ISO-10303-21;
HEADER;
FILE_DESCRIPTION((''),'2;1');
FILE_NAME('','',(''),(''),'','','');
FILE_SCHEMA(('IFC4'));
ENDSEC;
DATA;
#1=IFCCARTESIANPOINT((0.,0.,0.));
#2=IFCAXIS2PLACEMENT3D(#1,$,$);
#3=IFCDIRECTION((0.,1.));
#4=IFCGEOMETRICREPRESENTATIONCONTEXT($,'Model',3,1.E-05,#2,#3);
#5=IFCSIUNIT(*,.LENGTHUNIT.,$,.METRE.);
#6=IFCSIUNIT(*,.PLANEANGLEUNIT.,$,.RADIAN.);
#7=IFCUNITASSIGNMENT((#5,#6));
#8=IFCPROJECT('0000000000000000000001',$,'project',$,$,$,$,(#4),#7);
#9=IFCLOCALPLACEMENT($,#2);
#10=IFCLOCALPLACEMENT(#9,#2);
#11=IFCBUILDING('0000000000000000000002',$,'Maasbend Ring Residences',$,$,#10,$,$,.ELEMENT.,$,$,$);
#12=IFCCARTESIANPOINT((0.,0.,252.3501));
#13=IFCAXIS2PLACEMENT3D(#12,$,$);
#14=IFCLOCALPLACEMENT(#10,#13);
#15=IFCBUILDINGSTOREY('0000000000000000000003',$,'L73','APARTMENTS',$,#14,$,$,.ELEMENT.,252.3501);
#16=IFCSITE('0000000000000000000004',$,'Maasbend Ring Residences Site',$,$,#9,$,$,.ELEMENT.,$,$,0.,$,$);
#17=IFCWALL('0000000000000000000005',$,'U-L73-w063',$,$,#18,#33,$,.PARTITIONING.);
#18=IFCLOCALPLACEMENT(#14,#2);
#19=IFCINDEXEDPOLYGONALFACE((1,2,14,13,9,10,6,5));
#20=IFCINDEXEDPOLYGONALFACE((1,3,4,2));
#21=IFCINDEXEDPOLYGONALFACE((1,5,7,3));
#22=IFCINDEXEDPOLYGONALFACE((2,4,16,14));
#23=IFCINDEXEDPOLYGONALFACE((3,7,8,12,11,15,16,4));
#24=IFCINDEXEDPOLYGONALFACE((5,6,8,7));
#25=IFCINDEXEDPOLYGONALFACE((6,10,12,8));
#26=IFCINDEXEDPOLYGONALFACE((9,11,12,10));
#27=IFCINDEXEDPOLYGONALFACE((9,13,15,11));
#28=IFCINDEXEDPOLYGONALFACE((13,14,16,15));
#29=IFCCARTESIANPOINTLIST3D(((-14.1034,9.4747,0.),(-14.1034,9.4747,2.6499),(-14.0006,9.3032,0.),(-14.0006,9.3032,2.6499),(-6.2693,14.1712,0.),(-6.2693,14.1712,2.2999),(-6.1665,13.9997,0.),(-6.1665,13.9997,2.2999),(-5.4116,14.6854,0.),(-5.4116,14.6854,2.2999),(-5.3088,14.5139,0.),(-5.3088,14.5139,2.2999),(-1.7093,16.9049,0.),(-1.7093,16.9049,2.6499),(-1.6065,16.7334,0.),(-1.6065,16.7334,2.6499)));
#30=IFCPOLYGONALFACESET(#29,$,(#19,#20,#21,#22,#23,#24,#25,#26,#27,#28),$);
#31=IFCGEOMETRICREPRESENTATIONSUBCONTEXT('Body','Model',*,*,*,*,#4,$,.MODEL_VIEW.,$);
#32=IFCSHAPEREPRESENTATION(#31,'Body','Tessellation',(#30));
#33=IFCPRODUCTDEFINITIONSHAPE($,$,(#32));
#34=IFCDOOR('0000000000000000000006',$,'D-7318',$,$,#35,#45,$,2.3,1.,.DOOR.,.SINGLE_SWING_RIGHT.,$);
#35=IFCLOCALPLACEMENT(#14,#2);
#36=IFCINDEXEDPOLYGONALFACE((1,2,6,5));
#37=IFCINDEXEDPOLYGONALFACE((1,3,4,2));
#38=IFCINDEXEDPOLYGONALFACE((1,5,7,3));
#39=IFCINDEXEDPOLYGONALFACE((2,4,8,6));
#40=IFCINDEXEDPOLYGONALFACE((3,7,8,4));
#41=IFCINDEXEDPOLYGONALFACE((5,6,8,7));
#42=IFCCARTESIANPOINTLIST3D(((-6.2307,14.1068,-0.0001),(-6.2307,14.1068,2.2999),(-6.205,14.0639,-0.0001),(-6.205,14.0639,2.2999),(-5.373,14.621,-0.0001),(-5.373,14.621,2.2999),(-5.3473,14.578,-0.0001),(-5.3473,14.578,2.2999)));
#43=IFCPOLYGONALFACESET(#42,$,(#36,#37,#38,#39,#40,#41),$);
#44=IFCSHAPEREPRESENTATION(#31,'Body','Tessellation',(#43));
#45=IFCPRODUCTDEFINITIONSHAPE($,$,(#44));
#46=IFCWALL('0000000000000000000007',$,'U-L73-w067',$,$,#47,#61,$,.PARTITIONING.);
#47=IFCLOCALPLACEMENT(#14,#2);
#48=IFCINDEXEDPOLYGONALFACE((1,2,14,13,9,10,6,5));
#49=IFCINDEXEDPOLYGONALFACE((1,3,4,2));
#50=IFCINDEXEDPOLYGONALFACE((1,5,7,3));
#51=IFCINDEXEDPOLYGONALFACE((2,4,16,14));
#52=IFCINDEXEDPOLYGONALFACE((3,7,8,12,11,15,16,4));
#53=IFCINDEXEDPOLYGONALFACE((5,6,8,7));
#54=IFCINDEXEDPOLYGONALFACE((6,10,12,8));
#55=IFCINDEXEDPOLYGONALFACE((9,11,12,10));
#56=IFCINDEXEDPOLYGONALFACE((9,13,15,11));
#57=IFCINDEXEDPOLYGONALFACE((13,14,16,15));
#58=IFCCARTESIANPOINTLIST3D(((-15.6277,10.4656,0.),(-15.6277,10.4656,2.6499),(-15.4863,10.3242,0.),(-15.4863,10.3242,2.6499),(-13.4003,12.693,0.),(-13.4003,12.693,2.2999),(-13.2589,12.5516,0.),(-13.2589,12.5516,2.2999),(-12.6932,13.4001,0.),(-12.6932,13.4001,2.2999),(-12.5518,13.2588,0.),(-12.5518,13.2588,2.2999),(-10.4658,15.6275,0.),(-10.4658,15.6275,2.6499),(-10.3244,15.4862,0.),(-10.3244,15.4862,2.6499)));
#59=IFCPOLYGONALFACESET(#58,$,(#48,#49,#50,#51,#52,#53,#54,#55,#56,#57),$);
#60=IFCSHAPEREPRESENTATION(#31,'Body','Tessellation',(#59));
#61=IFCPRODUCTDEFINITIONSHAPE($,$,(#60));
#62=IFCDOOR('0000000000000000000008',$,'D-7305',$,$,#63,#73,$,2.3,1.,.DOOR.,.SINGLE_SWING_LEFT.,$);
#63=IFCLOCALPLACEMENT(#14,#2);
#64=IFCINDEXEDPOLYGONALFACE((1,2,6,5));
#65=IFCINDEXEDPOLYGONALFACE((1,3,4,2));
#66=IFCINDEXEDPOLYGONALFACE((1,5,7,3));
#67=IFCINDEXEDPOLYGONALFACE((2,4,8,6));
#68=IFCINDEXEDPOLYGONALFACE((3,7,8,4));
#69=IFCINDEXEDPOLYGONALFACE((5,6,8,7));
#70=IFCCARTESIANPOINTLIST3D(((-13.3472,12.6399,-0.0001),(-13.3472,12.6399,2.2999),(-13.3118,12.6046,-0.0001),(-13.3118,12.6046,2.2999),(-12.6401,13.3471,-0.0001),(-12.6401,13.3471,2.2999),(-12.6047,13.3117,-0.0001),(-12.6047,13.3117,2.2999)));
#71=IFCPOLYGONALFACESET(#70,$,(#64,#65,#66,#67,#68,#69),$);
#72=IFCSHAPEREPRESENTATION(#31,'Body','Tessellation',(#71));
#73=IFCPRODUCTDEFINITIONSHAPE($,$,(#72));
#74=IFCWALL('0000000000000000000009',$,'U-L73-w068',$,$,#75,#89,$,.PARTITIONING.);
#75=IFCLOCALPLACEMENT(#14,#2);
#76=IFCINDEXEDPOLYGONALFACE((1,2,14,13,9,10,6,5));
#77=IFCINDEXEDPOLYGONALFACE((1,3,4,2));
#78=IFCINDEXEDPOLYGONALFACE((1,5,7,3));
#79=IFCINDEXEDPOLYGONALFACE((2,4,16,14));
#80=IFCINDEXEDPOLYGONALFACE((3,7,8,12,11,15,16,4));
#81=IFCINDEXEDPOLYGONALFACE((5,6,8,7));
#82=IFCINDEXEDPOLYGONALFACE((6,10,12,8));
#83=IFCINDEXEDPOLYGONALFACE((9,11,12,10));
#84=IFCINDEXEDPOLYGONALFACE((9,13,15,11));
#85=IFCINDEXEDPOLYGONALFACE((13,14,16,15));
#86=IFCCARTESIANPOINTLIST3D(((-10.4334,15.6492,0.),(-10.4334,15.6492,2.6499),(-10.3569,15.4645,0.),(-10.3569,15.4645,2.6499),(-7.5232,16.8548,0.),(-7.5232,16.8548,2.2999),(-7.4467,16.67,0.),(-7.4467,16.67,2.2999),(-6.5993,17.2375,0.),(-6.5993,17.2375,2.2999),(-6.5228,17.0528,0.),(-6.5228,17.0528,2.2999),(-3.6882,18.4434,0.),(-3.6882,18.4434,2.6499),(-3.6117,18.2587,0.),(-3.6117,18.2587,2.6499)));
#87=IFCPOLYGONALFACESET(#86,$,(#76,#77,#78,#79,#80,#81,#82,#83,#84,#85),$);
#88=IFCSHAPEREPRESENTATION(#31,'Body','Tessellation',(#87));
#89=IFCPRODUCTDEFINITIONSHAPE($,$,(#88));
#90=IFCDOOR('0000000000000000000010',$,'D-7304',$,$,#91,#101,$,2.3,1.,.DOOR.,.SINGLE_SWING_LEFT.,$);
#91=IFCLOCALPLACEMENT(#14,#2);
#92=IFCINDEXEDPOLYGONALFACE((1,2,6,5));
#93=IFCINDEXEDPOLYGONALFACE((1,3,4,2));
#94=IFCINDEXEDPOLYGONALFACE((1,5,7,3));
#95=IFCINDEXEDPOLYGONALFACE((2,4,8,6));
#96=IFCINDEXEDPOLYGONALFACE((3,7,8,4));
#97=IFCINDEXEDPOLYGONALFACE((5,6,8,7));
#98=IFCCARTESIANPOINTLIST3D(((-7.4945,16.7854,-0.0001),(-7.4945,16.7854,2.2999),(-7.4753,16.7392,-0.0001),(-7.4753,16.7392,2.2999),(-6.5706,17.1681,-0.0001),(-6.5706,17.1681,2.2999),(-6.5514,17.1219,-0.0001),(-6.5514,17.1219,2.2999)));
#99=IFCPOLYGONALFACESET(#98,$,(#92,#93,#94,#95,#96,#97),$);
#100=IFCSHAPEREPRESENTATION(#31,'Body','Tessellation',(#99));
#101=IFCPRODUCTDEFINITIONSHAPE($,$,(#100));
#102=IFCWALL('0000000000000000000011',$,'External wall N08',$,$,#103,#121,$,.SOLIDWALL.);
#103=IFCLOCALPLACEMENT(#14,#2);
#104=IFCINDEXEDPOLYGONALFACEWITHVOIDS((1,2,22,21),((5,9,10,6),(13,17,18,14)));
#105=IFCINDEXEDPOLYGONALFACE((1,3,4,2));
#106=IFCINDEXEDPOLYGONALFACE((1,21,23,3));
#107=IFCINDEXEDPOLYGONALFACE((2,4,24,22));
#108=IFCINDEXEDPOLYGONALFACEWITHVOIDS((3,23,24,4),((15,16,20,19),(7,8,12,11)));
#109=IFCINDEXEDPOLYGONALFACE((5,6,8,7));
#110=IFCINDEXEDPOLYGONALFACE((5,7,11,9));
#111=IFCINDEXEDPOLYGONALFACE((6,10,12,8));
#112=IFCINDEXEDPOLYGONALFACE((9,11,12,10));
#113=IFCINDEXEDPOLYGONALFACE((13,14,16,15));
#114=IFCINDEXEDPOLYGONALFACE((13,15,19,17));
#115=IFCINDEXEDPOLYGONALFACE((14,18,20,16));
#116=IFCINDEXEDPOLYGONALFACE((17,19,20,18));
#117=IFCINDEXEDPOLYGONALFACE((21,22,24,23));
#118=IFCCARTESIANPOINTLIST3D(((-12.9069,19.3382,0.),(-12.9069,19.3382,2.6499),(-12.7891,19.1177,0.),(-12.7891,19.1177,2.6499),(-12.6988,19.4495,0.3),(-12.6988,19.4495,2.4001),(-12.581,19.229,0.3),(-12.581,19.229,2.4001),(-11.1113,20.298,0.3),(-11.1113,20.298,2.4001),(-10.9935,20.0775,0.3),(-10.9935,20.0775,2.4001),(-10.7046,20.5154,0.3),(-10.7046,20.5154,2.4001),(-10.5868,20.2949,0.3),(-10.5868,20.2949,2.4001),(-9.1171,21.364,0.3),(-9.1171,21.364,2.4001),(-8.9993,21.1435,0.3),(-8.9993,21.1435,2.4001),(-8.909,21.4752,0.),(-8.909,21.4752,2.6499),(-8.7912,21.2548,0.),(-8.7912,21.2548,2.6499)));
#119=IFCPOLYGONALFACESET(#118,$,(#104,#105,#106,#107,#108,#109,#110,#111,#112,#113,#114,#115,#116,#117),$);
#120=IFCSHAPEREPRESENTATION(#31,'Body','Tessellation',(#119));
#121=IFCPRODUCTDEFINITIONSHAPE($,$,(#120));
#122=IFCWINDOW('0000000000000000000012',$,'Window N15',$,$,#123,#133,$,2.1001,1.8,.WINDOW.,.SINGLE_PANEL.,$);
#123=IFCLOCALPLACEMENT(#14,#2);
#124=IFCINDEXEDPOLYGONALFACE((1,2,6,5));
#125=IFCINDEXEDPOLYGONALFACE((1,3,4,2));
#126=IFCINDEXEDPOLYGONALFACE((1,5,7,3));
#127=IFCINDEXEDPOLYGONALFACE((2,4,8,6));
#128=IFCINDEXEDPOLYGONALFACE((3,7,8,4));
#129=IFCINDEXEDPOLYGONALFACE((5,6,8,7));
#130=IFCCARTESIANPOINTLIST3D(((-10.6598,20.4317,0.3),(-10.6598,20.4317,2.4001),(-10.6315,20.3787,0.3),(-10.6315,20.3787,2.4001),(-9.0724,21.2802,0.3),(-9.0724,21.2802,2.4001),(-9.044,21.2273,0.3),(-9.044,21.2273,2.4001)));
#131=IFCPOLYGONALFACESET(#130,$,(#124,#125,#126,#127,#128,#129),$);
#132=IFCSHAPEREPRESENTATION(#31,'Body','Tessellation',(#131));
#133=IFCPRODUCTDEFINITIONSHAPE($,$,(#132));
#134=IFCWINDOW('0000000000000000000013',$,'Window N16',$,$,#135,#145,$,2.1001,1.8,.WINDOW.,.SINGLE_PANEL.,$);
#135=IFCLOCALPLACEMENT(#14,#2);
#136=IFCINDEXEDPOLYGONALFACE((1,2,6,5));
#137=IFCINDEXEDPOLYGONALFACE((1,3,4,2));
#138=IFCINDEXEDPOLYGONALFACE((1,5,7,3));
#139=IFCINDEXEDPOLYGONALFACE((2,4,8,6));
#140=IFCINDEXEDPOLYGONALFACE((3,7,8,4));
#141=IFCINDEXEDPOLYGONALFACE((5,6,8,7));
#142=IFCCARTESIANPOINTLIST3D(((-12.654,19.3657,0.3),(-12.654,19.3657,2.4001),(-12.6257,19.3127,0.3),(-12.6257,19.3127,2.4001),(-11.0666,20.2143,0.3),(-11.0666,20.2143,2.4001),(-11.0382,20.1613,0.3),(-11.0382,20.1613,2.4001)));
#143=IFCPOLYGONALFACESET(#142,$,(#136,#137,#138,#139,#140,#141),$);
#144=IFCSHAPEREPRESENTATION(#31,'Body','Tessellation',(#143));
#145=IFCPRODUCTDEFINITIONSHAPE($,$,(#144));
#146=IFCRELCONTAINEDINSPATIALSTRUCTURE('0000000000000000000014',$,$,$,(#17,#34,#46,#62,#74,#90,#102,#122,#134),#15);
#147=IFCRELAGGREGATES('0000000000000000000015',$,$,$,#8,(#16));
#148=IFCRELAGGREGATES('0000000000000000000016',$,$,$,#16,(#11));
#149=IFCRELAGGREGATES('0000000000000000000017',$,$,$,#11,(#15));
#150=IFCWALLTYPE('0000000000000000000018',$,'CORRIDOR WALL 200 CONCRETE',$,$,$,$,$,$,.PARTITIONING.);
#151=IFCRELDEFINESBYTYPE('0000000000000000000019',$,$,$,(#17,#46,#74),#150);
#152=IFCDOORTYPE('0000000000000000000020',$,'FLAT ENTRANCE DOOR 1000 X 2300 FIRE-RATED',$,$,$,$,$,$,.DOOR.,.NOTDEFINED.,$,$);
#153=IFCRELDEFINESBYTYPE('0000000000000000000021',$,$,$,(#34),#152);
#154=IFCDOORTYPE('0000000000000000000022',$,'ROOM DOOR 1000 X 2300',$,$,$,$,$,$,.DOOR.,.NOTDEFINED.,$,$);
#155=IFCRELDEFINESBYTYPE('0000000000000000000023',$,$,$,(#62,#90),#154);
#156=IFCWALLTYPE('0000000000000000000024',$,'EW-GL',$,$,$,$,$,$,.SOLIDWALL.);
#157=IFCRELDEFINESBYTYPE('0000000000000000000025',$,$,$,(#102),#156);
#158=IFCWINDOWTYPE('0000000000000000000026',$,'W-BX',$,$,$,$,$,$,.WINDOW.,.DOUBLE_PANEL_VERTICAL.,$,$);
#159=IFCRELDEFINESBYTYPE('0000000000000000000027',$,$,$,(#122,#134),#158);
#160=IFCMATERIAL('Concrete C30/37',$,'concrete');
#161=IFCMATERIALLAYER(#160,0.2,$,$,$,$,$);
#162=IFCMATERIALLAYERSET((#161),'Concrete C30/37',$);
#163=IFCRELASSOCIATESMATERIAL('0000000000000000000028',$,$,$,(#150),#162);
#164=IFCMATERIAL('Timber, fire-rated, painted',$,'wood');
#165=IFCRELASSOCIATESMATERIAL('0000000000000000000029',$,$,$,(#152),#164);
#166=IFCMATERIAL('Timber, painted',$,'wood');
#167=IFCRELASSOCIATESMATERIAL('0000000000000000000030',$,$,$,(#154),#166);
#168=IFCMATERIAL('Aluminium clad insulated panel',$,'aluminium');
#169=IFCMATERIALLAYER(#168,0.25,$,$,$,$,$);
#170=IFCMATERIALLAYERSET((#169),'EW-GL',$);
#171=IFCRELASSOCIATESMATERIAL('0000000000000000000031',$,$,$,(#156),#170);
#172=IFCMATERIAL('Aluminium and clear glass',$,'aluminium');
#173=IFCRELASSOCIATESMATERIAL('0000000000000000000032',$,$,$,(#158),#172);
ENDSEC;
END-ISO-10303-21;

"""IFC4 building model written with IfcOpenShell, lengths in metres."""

from ifc_helpers import new_model, si_unit, direction, frame, frame_2d, origin, place, context, subcontext, project, spatial, rectangle, extrude, material, layer, layer_set, type_object, element, fill, save


model = new_model("IFC4")

# Units and contexts
model_context = context("Model", 3, precision=1e-05, world=origin(), true_north=direction((0.0, 1.0)))
body_context = subcontext(model_context, "Body", "Model", "MODEL_VIEW")
ifc_project = project(units=[si_unit("LENGTHUNIT", "METRE"), si_unit("PLANEANGLEUNIT", "RADIAN")], contexts=[model_context])

# Site, building, storey
site_placement = place(None, origin())
site = spatial("IfcSite", under=ifc_project, at=site_placement, Name="Maasbend Ring Residences Site", CompositionType="ELEMENT", RefElevation=0.0)
building_placement = place(site_placement, origin())
building = spatial("IfcBuilding", under=site, at=building_placement, Name="Maasbend Ring Residences", CompositionType="ELEMENT")
storey_placement = place(building_placement, frame((0.0, 0.0, 252.3501)))
storey = spatial("IfcBuildingStorey", under=building, at=storey_placement, Name="L73", Description="APARTMENTS", CompositionType="ELEMENT", Elevation=252.3501)

# Shared definitions
ifc_material_1 = material(Name="Concrete C30/37", Category="concrete")
ifc_layer_1 = layer(ifc_material_1, 0.2)
ifc_layer_set_1 = layer_set([ifc_layer_1], Name="Concrete C30/37")
wall_type_1 = type_object("IfcWallType", Name="CORRIDOR WALL 200 CONCRETE", PredefinedType="PARTITIONING", material=ifc_layer_set_1)

# Walls, openings, doors
wall_1_placement = place(storey_placement, frame((-14.052, 9.3889, 0.0), z_axis=(0.0, 0.0, 1.0), x_axis=(0.857684, 0.514178, 0.0)))
wall_1 = element("IfcWall", 1, at=wall_1_placement, inside=storey, type_object=wall_type_1, Name="U-L73-w063", PredefinedType="PARTITIONING", context=body_context, shape_type="SweptSolid", body=[
    extrude(rectangle(XDim=14.4507, YDim=0.2, at=frame_2d((7.2253, 0.0))), origin(), (0.0, 0.0, 1.0), 2.6499),
])
opening_1_placement = place(wall_1_placement, frame((9.134, 0.0, 0.0)))
opening_1 = element("IfcOpeningElement", 2, at=opening_1_placement, cuts=wall_1, PredefinedType="OPENING", context=body_context, shape_type="SweptSolid", body=[
    extrude(rectangle(XDim=1.0, YDim=2.3, at=frame_2d((0.5, 1.1499))), frame((0.0, 0.1099, 0.0), z_axis=(0.0, -1.0, 0.0), x_axis=(1.0, 0.0, 0.0)), (0.0, 0.0, 1.0), 0.22),
])
ifc_material_2 = material(Name="Timber, fire-rated, painted", Category="wood")
door_type_1 = type_object("IfcDoorType", Name="FLAT ENTRANCE DOOR 1000 X 2300 FIRE-RATED", OperationType="NOTDEFINED", PredefinedType="DOOR", material=ifc_material_2)
door_1_placement = place(opening_1_placement, origin())
door_1 = element("IfcDoor", 3, at=door_1_placement, inside=storey, type_object=door_type_1, Name="D-7318", OperationType="SINGLE_SWING_RIGHT", OverallHeight=2.3, OverallWidth=1.0, PredefinedType="DOOR", context=body_context, shape_type="SweptSolid", body=[
    extrude(rectangle(XDim=1.0, YDim=2.3, at=frame_2d((0.5, 1.1499))), frame((0.0, 0.0249, 0.0), z_axis=(0.0, -1.0, 0.0), x_axis=(1.0, 0.0, 0.0)), (0.0, 0.0, 1.0), 0.05),
])
fill(opening_1, door_1)
wall_2_placement = place(storey_placement, frame((-15.5569, 10.395, 0.0), z_axis=(0.0, 0.0, 1.0), x_axis=(0.707107, 0.707107, 0.0)))
wall_2 = element("IfcWall", 4, at=wall_2_placement, inside=storey, type_object=wall_type_1, Name="U-L73-w067", PredefinedType="PARTITIONING", context=body_context, shape_type="SweptSolid", body=[
    extrude(rectangle(XDim=7.3, YDim=0.2, at=frame_2d((3.6499, 0.0))), origin(), (0.0, 0.0, 1.0), 2.6499),
])
opening_2_placement = place(wall_2_placement, frame((3.1499, 0.0, 0.0)))
opening_2 = element("IfcOpeningElement", 5, at=opening_2_placement, cuts=wall_2, PredefinedType="OPENING", context=body_context, shape_type="SweptSolid", body=[
    extrude(rectangle(XDim=1.0, YDim=2.3, at=frame_2d((0.5, 1.1499))), frame((0.0, 0.1099, 0.0), z_axis=(0.0, -1.0, 0.0), x_axis=(1.0, 0.0, 0.0)), (0.0, 0.0, 1.0), 0.22),
])
ifc_material_3 = material(Name="Timber, painted", Category="wood")
door_type_2 = type_object("IfcDoorType", Name="ROOM DOOR 1000 X 2300", OperationType="NOTDEFINED", PredefinedType="DOOR", material=ifc_material_3)
door_2_placement = place(opening_2_placement, origin())
door_2 = element("IfcDoor", 6, at=door_2_placement, inside=storey, type_object=door_type_2, Name="D-7305", OperationType="SINGLE_SWING_LEFT", OverallHeight=2.3, OverallWidth=1.0, PredefinedType="DOOR", context=body_context, shape_type="SweptSolid", body=[
    extrude(rectangle(XDim=1.0, YDim=2.3, at=frame_2d((0.5, 1.1499))), frame((0.0, 0.0249, 0.0), z_axis=(0.0, -1.0, 0.0), x_axis=(1.0, 0.0, 0.0)), (0.0, 0.0, 1.0), 0.05),
])
fill(opening_2, door_2)
wall_3_placement = place(storey_placement, frame((-10.395, 15.5569, 0.0), z_axis=(0.0, 0.0, 1.0), x_axis=(0.923866, 0.382715, 0.0)))
wall_3 = element("IfcWall", 7, at=wall_3_placement, inside=storey, type_object=wall_type_1, Name="U-L73-w068", PredefinedType="PARTITIONING", context=body_context, shape_type="SweptSolid", body=[
    extrude(rectangle(XDim=7.301, YDim=0.2, at=frame_2d((3.6504, 0.0))), origin(), (0.0, 0.0, 1.0), 2.6499),
])
opening_3_placement = place(wall_3_placement, frame((3.1499, 0.0, 0.0)))
opening_3 = element("IfcOpeningElement", 8, at=opening_3_placement, cuts=wall_3, PredefinedType="OPENING", context=body_context, shape_type="SweptSolid", body=[
    extrude(rectangle(XDim=1.0, YDim=2.3, at=frame_2d((0.5, 1.1499))), frame((0.0, 0.1099, 0.0), z_axis=(0.0, -1.0, 0.0), x_axis=(1.0, 0.0, 0.0)), (0.0, 0.0, 1.0), 0.22),
])
door_3_placement = place(opening_3_placement, origin())
door_3 = element("IfcDoor", 9, at=door_3_placement, inside=storey, type_object=door_type_2, Name="D-7304", OperationType="SINGLE_SWING_LEFT", OverallHeight=2.3, OverallWidth=1.0, PredefinedType="DOOR", context=body_context, shape_type="SweptSolid", body=[
    extrude(rectangle(XDim=1.0, YDim=2.3, at=frame_2d((0.5, 1.1499))), frame((0.0, 0.0249, 0.0), z_axis=(0.0, -1.0, 0.0), x_axis=(1.0, 0.0, 0.0)), (0.0, 0.0, 1.0), 0.05),
])
fill(opening_3, door_3)

# Wall, openings, windows
ifc_material_4 = material(Name="Aluminium clad insulated panel", Category="aluminium")
ifc_layer_2 = layer(ifc_material_4, 0.25)
ifc_layer_set_2 = layer_set([ifc_layer_2], Name="EW-GL")
wall_type_2 = type_object("IfcWallType", Name="EW-GL", PredefinedType="SOLIDWALL", material=ifc_layer_set_2)
wall_4_placement = place(storey_placement, frame((-8.8501, 21.365, 0.0), z_axis=(0.0, 0.0, 1.0), x_axis=(-0.881913, -0.471413, 0.0)))
wall_4 = element("IfcWall", 10, at=wall_4_placement, inside=storey, type_object=wall_type_2, Name="External wall N08", PredefinedType="SOLIDWALL", context=body_context, shape_type="SweptSolid", body=[
    extrude(rectangle(XDim=4.5332, YDim=0.25, at=frame_2d((2.2666, 0.0))), origin(), (0.0, 0.0, 1.0), 2.6499),
])
opening_4_placement = place(wall_4_placement, frame((0.2361, 0.0, 0.3)))
opening_4 = element("IfcOpeningElement", 11, at=opening_4_placement, cuts=wall_4, PredefinedType="OPENING", context=body_context, shape_type="SweptSolid", body=[
    extrude(rectangle(XDim=1.8, YDim=2.1001, at=frame_2d((0.8999, 1.05))), frame((0.0, 0.135, 0.0), z_axis=(0.0, -1.0, 0.0), x_axis=(1.0, 0.0, 0.0)), (0.0, 0.0, 1.0), 0.27),
])
opening_5_placement = place(wall_4_placement, frame((2.4973, 0.0, 0.3)))
opening_5 = element("IfcOpeningElement", 12, at=opening_5_placement, cuts=wall_4, PredefinedType="OPENING", context=body_context, shape_type="SweptSolid", body=[
    extrude(rectangle(XDim=1.8, YDim=2.1001, at=frame_2d((0.8999, 1.05))), frame((0.0, 0.135, 0.0), z_axis=(0.0, -1.0, 0.0), x_axis=(1.0, 0.0, 0.0)), (0.0, 0.0, 1.0), 0.27),
])
ifc_material_5 = material(Name="Aluminium and clear glass", Category="aluminium")
window_type = type_object("IfcWindowType", Name="W-BX", PartitioningType="DOUBLE_PANEL_VERTICAL", PredefinedType="WINDOW", material=ifc_material_5)
window_1_placement = place(opening_4_placement, origin())
window_1 = element("IfcWindow", 13, at=window_1_placement, inside=storey, type_object=window_type, Name="Window N15", OverallHeight=2.1001, OverallWidth=1.8, PartitioningType="SINGLE_PANEL", PredefinedType="WINDOW", context=body_context, shape_type="SweptSolid", body=[
    extrude(rectangle(XDim=1.8, YDim=2.1001, at=frame_2d((0.8999, 1.05))), frame((0.0, 0.03, 0.0), z_axis=(0.0, -1.0, 0.0), x_axis=(1.0, 0.0, 0.0)), (0.0, 0.0, 1.0), 0.0601),
])
fill(opening_4, window_1)
window_2_placement = place(opening_5_placement, origin())
window_2 = element("IfcWindow", 14, at=window_2_placement, inside=storey, type_object=window_type, Name="Window N16", OverallHeight=2.1001, OverallWidth=1.8, PartitioningType="SINGLE_PANEL", PredefinedType="WINDOW", context=body_context, shape_type="SweptSolid", body=[
    extrude(rectangle(XDim=1.8, YDim=2.1001, at=frame_2d((0.8999, 1.05))), frame((0.0, 0.03, 0.0), z_axis=(0.0, -1.0, 0.0), x_axis=(1.0, 0.0, 0.0)), (0.0, 0.0, 1.0), 0.0601),
])
fill(opening_5, window_2)

save(model, "model.ifc")
